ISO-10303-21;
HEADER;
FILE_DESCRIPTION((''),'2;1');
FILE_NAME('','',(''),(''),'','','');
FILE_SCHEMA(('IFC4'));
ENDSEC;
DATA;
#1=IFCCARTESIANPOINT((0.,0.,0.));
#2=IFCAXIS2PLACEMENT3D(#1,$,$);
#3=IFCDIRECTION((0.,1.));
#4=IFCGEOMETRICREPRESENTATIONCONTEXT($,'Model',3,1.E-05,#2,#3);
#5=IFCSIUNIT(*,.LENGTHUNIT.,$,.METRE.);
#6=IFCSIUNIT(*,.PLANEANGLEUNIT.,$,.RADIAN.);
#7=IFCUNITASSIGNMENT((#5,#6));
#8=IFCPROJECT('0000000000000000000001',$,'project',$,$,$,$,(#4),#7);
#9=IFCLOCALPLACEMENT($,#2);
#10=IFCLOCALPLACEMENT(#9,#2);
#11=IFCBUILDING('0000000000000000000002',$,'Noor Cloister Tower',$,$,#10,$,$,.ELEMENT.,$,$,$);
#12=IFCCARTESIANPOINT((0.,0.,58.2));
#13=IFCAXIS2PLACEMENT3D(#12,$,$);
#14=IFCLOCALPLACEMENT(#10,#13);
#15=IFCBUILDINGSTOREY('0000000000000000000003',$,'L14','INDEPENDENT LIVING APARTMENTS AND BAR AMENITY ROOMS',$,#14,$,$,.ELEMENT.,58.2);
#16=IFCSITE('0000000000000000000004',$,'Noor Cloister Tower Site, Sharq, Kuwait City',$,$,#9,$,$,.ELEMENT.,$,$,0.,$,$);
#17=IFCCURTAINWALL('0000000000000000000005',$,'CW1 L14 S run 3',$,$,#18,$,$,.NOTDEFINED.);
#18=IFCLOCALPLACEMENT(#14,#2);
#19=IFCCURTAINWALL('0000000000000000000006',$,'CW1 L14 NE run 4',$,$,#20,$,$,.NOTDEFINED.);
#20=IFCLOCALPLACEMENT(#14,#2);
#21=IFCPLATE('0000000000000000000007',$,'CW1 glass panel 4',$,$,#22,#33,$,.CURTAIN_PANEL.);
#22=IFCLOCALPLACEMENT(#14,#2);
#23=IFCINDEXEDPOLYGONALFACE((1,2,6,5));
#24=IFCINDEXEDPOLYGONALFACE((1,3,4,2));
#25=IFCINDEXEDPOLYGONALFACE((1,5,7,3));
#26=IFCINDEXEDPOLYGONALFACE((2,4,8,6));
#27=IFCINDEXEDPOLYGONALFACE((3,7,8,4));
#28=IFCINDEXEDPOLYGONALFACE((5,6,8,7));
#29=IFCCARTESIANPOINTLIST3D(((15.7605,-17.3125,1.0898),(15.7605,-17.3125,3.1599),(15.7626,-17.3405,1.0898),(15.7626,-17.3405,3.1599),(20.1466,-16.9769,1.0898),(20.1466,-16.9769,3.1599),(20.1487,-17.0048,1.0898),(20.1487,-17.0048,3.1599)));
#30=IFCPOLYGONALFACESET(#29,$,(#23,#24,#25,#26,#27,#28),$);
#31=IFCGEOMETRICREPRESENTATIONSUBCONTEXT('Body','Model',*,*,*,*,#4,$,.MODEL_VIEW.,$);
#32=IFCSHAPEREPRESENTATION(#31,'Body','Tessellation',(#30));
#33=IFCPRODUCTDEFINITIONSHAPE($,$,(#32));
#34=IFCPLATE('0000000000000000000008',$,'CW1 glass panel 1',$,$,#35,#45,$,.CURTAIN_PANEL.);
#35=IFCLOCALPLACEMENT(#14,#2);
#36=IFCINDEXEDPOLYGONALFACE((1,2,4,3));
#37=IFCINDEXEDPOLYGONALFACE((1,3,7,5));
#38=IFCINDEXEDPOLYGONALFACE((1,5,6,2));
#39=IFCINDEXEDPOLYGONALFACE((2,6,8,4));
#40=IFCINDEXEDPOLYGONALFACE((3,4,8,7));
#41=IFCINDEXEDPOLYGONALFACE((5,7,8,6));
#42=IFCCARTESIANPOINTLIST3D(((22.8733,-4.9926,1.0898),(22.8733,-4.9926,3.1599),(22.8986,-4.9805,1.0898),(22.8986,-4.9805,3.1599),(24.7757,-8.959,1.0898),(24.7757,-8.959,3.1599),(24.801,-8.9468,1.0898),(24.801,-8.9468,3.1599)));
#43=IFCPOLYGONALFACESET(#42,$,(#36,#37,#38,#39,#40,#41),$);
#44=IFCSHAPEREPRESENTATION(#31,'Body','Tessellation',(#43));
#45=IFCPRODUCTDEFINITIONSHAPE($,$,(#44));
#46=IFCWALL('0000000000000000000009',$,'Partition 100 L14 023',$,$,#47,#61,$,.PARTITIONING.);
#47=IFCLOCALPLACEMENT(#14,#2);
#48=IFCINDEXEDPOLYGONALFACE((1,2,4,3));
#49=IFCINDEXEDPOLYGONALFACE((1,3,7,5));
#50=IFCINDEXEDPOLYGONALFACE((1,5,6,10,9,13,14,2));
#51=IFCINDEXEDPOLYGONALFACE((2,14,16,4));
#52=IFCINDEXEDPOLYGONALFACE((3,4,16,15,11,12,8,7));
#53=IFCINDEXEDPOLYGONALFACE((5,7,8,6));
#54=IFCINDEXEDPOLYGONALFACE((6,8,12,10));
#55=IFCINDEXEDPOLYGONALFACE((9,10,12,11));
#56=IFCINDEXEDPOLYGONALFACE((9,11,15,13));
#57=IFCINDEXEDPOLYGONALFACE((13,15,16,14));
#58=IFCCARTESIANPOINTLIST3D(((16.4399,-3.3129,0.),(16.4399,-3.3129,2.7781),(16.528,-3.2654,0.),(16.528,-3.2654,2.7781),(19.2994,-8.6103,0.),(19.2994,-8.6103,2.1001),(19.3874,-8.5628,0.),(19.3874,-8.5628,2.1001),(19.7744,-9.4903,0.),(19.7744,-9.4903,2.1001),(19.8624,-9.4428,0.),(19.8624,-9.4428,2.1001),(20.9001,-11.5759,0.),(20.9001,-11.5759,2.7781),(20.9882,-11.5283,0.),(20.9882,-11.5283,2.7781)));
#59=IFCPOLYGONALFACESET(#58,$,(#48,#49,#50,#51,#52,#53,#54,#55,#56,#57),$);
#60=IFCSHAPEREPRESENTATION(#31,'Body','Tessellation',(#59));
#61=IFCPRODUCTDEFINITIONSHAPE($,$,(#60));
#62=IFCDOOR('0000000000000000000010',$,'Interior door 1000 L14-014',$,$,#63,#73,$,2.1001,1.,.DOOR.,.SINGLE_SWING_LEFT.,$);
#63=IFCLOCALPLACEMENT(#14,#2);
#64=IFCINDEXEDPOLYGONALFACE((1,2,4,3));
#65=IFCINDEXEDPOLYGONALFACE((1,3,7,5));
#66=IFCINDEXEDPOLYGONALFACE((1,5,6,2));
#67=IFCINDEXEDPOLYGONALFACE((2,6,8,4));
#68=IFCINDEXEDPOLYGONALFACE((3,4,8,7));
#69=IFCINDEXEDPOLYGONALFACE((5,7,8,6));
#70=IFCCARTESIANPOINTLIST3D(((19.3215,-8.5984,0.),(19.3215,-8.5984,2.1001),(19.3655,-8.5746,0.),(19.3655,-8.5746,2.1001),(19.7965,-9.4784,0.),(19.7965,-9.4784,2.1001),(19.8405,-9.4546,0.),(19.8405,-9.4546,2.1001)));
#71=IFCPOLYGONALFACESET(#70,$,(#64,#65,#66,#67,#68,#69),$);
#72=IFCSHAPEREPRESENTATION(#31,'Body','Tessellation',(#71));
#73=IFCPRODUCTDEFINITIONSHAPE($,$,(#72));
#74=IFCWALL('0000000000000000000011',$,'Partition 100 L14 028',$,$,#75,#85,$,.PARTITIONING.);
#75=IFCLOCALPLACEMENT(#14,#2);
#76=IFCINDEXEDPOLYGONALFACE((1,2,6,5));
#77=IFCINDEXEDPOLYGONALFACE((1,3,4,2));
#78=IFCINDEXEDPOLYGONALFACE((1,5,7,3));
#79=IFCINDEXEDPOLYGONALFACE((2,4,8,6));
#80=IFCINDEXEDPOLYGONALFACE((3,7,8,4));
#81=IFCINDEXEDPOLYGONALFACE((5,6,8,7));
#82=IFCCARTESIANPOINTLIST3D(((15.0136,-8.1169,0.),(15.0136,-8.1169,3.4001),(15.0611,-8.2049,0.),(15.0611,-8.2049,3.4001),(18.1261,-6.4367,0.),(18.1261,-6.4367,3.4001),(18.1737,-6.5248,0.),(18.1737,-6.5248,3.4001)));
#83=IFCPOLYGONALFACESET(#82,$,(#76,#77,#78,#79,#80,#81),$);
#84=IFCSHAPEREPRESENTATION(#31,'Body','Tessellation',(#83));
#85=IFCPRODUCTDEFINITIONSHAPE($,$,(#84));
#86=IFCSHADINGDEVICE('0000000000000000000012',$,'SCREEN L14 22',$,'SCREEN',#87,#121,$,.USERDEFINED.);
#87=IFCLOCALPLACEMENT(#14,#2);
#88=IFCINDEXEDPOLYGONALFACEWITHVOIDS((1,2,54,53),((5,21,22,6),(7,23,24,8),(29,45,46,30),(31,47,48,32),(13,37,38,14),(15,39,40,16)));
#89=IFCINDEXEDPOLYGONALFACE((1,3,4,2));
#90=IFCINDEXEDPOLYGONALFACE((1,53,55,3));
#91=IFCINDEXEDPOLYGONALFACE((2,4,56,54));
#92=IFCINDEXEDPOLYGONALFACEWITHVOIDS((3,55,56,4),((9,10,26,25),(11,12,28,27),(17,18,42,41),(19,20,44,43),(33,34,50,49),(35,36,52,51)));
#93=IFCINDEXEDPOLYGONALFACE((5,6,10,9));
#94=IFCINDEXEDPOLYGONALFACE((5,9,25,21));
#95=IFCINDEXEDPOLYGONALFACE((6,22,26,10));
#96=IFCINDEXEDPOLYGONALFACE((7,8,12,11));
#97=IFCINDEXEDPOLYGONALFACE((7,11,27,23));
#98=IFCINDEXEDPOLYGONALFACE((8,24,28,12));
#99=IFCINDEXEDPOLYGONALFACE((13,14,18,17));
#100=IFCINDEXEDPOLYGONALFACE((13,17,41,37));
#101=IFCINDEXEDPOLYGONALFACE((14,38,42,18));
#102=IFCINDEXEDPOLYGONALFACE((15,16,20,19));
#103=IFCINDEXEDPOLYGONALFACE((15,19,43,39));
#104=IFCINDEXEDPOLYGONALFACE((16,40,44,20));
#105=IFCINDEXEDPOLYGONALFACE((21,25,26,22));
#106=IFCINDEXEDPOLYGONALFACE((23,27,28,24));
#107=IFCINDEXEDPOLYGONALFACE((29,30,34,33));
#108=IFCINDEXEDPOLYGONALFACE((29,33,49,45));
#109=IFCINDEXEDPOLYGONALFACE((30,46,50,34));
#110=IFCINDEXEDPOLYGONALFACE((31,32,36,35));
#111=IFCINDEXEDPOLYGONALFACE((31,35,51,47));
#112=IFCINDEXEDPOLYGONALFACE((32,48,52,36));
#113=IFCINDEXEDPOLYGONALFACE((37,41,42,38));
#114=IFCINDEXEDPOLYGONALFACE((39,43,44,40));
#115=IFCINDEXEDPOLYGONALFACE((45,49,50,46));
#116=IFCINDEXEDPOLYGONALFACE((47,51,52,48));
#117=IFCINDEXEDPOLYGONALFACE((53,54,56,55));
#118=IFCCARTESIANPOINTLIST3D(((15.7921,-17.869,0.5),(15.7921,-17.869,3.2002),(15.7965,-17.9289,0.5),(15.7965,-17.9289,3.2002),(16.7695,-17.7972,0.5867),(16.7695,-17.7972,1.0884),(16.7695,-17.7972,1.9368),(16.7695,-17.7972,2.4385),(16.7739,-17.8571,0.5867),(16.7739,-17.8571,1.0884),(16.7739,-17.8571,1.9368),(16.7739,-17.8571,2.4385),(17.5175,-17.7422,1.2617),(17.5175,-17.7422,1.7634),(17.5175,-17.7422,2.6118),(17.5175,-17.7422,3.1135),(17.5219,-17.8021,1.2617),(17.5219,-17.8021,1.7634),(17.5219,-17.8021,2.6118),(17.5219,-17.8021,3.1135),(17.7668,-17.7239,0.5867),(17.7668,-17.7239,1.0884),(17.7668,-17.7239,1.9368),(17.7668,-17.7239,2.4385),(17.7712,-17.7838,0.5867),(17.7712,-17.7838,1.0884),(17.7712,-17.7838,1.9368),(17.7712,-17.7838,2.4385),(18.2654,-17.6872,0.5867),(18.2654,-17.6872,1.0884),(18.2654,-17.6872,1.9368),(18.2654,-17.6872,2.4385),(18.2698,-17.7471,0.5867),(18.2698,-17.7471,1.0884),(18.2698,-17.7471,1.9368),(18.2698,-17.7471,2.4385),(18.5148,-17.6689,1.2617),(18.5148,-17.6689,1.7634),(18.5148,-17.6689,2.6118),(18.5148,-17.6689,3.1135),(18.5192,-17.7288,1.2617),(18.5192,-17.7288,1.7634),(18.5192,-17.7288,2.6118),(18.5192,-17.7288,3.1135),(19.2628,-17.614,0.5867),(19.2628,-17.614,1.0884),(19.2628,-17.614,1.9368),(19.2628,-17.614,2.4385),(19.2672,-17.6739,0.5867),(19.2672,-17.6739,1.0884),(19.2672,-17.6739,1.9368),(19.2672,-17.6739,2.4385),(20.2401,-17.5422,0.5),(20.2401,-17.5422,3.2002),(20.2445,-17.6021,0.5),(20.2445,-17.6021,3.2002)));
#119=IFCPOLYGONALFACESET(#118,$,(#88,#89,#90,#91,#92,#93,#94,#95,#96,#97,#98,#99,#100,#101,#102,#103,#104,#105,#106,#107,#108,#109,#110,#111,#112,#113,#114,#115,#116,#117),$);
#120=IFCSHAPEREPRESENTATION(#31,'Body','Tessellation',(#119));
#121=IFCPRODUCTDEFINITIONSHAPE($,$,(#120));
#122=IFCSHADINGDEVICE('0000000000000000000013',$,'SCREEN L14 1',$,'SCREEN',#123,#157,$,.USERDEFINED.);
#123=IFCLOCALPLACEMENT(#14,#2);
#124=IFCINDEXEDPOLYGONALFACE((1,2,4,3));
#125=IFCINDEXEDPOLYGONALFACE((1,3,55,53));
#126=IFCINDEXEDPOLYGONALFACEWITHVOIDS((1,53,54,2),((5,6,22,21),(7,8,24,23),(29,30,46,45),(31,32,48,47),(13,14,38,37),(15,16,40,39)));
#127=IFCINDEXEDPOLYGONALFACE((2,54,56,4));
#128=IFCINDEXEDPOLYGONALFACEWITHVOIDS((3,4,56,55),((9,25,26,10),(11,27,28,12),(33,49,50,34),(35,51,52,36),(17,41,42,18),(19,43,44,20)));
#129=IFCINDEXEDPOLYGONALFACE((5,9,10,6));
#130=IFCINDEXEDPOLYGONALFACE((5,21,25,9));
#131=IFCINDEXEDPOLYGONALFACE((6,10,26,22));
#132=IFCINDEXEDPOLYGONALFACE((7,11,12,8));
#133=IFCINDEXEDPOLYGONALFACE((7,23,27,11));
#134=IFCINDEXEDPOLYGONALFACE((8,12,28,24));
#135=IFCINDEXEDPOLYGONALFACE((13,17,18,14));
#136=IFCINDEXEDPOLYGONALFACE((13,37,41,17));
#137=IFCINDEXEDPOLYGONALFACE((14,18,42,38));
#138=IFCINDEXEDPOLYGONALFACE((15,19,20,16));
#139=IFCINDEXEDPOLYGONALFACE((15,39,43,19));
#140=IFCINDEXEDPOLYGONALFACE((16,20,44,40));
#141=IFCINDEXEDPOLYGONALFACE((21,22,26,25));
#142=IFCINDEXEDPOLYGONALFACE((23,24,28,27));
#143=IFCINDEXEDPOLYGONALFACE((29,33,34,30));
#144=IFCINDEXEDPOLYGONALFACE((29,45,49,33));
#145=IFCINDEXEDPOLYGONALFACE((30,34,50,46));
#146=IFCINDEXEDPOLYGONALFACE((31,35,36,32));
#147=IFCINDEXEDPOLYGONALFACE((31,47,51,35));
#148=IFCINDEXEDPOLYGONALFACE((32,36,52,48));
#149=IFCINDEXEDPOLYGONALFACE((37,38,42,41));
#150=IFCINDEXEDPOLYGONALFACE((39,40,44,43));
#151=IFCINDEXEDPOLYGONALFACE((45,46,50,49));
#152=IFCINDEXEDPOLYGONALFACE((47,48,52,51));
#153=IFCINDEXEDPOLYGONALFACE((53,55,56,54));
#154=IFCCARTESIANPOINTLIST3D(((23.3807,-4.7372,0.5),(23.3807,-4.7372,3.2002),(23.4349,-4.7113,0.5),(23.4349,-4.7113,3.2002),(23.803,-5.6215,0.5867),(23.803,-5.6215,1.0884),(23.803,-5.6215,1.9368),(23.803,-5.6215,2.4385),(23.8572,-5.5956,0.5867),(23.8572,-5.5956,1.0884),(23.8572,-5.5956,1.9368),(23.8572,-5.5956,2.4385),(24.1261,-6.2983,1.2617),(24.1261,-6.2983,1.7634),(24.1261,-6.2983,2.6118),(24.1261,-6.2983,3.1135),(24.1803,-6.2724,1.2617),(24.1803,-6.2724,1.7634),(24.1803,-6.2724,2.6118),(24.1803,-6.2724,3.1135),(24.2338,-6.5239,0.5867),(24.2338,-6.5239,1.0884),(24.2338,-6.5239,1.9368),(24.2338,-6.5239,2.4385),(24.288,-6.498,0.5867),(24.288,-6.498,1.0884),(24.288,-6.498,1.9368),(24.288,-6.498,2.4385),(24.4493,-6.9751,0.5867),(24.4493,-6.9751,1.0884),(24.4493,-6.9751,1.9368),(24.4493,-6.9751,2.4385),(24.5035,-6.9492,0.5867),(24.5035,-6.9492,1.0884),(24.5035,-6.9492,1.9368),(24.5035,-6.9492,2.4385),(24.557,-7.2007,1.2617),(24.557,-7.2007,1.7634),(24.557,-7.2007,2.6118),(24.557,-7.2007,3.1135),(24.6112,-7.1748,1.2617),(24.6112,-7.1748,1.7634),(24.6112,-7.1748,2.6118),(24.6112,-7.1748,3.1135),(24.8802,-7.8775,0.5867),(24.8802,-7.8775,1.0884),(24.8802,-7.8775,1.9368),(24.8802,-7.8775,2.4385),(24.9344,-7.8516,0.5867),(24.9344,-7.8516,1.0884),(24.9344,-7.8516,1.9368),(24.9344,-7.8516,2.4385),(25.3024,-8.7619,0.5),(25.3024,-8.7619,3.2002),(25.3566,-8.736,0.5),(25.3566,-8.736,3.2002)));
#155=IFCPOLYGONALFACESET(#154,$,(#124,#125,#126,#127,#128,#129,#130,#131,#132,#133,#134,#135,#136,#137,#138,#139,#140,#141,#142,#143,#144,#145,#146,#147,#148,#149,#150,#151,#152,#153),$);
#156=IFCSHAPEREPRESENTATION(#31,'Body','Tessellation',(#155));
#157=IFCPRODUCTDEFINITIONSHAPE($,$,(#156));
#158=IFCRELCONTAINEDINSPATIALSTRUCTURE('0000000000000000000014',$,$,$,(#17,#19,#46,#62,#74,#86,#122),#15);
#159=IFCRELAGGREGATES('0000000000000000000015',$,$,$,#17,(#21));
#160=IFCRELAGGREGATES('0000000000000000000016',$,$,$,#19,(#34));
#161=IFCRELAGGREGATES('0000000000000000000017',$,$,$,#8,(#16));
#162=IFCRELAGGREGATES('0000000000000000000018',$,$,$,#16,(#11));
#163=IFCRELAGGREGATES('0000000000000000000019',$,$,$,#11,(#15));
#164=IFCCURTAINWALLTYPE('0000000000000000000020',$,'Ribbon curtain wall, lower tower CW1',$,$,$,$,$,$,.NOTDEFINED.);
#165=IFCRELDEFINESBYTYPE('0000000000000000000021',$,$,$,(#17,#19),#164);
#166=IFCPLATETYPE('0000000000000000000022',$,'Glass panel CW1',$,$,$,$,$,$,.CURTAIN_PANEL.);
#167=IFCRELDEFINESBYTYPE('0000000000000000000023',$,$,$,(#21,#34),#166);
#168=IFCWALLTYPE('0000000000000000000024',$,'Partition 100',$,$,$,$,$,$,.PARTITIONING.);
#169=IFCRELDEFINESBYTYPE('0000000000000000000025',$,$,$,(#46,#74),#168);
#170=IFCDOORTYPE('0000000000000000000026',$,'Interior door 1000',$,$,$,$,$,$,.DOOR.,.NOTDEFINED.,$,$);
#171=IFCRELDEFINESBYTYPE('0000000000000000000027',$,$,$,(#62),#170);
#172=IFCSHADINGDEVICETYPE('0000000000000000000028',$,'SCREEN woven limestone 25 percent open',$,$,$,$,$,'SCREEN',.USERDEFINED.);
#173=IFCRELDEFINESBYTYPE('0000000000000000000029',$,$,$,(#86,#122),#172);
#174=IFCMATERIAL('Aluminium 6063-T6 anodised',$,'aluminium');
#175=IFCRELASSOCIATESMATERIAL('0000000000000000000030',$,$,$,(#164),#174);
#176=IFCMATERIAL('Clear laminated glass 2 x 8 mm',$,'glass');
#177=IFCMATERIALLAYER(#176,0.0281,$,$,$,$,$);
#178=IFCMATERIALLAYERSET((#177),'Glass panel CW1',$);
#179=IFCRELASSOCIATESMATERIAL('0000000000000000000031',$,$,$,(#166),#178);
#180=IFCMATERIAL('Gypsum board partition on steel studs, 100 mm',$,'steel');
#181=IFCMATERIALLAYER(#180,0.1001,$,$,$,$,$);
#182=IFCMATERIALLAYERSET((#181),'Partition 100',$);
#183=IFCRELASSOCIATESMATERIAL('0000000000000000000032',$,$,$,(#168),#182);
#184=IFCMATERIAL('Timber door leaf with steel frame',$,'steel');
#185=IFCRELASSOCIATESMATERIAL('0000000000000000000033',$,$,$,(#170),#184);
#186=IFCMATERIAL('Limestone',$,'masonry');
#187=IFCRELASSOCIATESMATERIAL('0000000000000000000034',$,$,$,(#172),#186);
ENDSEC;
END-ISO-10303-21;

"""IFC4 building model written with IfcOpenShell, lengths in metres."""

from ifc_helpers import new_model, si_unit, direction, frame, frame_2d, origin, origin_2d, place, context, subcontext, project, spatial, polyline, rectangle, outline, extrude, material, layer, layer_set, material_profile, profile_set, type_object, element, fill, aggregate, save


model = new_model("IFC4")

# Units and contexts
model_context = context("Model", 3, precision=1e-05, world=origin(), true_north=direction((0.0, 1.0)))
body_context = subcontext(model_context, "Body", "Model", "MODEL_VIEW")
ifc_project = project(units=[si_unit("LENGTHUNIT", "METRE"), si_unit("PLANEANGLEUNIT", "RADIAN")], contexts=[model_context])

# Site, building, storey
site_placement = place(None, origin())
site = spatial("IfcSite", under=ifc_project, at=site_placement, Name="Noor Cloister Tower Site, Sharq, Kuwait City", CompositionType="ELEMENT", RefElevation=0.0)
building_placement = place(site_placement, origin())
building = spatial("IfcBuilding", under=site, at=building_placement, Name="Noor Cloister Tower", CompositionType="ELEMENT")
storey_placement = place(building_placement, frame((0.0, 0.0, 58.2)))
storey = spatial("IfcBuildingStorey", under=building, at=storey_placement, Name="L14", Description="INDEPENDENT LIVING APARTMENTS AND BAR AMENITY ROOMS", CompositionType="ELEMENT", Elevation=58.2)

# Curtain walls
ifc_material_1 = material(Name="Aluminium 6063-T6 anodised", Category="aluminium")
curtain_wall_type = type_object("IfcCurtainWallType", Name="Ribbon curtain wall, lower tower CW1", PredefinedType="NOTDEFINED", material=ifc_material_1)
curtain_wall_1_placement = place(storey_placement, origin())
curtain_wall_1 = element("IfcCurtainWall", 1, at=curtain_wall_1_placement, inside=storey, type_object=curtain_wall_type, Name="CW1 L14 S run 3", PredefinedType="NOTDEFINED")
curtain_wall_2_placement = place(storey_placement, origin())
curtain_wall_2 = element("IfcCurtainWall", 2, at=curtain_wall_2_placement, inside=storey, type_object=curtain_wall_type, Name="CW1 L14 NE run 4", PredefinedType="NOTDEFINED")

# Plates
ifc_material_2 = material(Name="Clear laminated glass 2 x 8 mm", Category="glass")
ifc_layer_1 = layer(ifc_material_2, 0.0281)
ifc_layer_set_1 = layer_set([ifc_layer_1], Name="Glass panel CW1")
plate_type = type_object("IfcPlateType", Name="Glass panel CW1", PredefinedType="CURTAIN_PANEL", material=ifc_layer_set_1)
plate_1_placement = place(storey_placement, frame((17.9546, -17.1587, 1.0898), z_axis=(0.0, 0.0, 1.0), x_axis=(0.997084, 0.076311, 0.0)))
plate_1 = element("IfcPlate", 3, at=plate_1_placement, type_object=plate_type, Name="CW1 glass panel 4", PredefinedType="CURTAIN_PANEL", context=body_context, shape_type="SweptSolid", body=[
    extrude(rectangle(XDim=4.3989, YDim=0.0281, at=origin_2d()), origin(), (0.0, 0.0, 1.0), 2.0701),
])
aggregate(curtain_wall_1, [plate_1])
plate_2_placement = place(storey_placement, frame((23.8372, -6.9697, 1.0898), z_axis=(0.0, 0.0, 1.0), x_axis=(-0.432455, 0.901656, 0.0)))
plate_2 = element("IfcPlate", 4, at=plate_2_placement, type_object=plate_type, Name="CW1 glass panel 1", PredefinedType="CURTAIN_PANEL", context=body_context, shape_type="SweptSolid", body=[
    extrude(rectangle(XDim=4.3989, YDim=0.0281, at=origin_2d()), origin(), (0.0, 0.0, 1.0), 2.0701),
])
aggregate(curtain_wall_2, [plate_2])

# Wall, opening, door
ifc_material_3 = material(Name="Gypsum board partition on steel studs, 100 mm", Category="steel")
ifc_layer_2 = layer(ifc_material_3, 0.1001)
ifc_layer_set_2 = layer_set([ifc_layer_2], Name="Partition 100")
wall_type = type_object("IfcWallType", Name="Partition 100", PredefinedType="PARTITIONING", material=ifc_layer_set_2)
wall_1_placement = place(storey_placement, frame((20.9441, -11.552, 0.0), z_axis=(0.0, 0.0, 1.0), x_axis=(-0.475002, 0.879985, 0.0)))
wall_1 = element("IfcWall", 5, at=wall_1_placement, inside=storey, type_object=wall_type, Name="Partition 100 L14 023", PredefinedType="PARTITIONING", context=body_context, shape_type="SweptSolid", body=[
    extrude(rectangle(XDim=9.3899, YDim=0.1001, at=frame_2d((4.6948, 0.0))), origin(), (0.0, 0.0, 1.0), 2.7781),
])
opening_placement = place(wall_1_placement, frame((2.3699, 0.0, 0.0)))
opening = element("IfcOpeningElement", 6, at=opening_placement, cuts=wall_1, PredefinedType="OPENING", context=body_context, shape_type="SweptSolid", body=[
    extrude(rectangle(XDim=1.0, YDim=2.1001, at=frame_2d((0.5, 1.05))), frame((0.0, 0.0601, 0.0), z_axis=(0.0, -1.0, 0.0), x_axis=(1.0, 0.0, 0.0)), (0.0, 0.0, 1.0), 0.1201),
])
ifc_material_4 = material(Name="Timber door leaf with steel frame", Category="steel")
door_type = type_object("IfcDoorType", Name="Interior door 1000", OperationType="NOTDEFINED", PredefinedType="DOOR", material=ifc_material_4)
door_placement = place(opening_placement, origin())
door = element("IfcDoor", 7, at=door_placement, inside=storey, type_object=door_type, Name="Interior door 1000 L14-014", OperationType="SINGLE_SWING_LEFT", OverallHeight=2.1001, OverallWidth=1.0, PredefinedType="DOOR", context=body_context, shape_type="SweptSolid", body=[
    extrude(rectangle(XDim=1.0, YDim=2.1001, at=frame_2d((0.5, 1.05))), frame((0.0, 0.0249, 0.0), z_axis=(0.0, -1.0, 0.0), x_axis=(1.0, 0.0, 0.0)), (0.0, 0.0, 1.0), 0.05),
])
fill(opening, door)

# Wall
wall_2_placement = place(storey_placement, frame((18.1499, -6.4807, 0.0), z_axis=(0.0, 0.0, 1.0), x_axis=(-0.879976, -0.475017, 0.0)))
element("IfcWall", 8, at=wall_2_placement, inside=storey, type_object=wall_type, Name="Partition 100 L14 028", PredefinedType="PARTITIONING", context=body_context, shape_type="SweptSolid", body=[
    extrude(rectangle(XDim=3.5371, YDim=0.1001, at=frame_2d((1.7686, 0.0))), origin(), (0.0, 0.0, 1.0), 3.4001),
])

# Shading devices
ifc_material_5 = material(Name="Limestone", Category="masonry")
ifc_material_profile_1 = material_profile(ifc_material_5, outline(polyline([(-2.23, -1.3501), (2.23, -1.3501), (2.23, 1.3501), (-2.23, 1.3501), (-2.23, -1.3501)]), holes=[polyline([(-1.25, -1.2634), (-0.25, -1.2634), (-0.25, -0.7617), (-1.25, -0.7617), (-1.25, -1.2634)]), polyline([(0.25, -1.2634), (1.25, -1.2634), (1.25, -0.7617), (0.25, -0.7617), (0.25, -1.2634)]), polyline([(-0.5, -0.5884), (0.5, -0.5884), (0.5, -0.0867), (-0.5, -0.0867), (-0.5, -0.5884)]), polyline([(-1.25, 0.0867), (-0.25, 0.0867), (-0.25, 0.5884), (-1.25, 0.5884), (-1.25, 0.0867)]), polyline([(0.25, 0.0867), (1.25, 0.0867), (1.25, 0.5884), (0.25, 0.5884), (0.25, 0.0867)]), polyline([(-0.5, 0.7617), (0.5, 0.7617), (0.5, 1.2634), (-0.5, 1.2634), (-0.5, 0.7617)])]), Name="Woven screen 25 percent open")
ifc_profile_set_1 = profile_set([ifc_material_profile_1], Name="Limestone")
shading_device_type = type_object("IfcShadingDeviceType", Name="SCREEN woven limestone 25 percent open", ElementType="SCREEN", PredefinedType="USERDEFINED", material=ifc_profile_set_1)
for number, where, z_axis, x_axis, name in (
    (9, (18.0161, -17.7056, 1.8501), (0.073272, -0.997312, 0.0), (0.997312, 0.073272, 0.0), "SCREEN L14 22"),
    (10, (24.3416, -6.7495, 1.8501), (0.902409, 0.43088, 0.0), (-0.43088, 0.902409, 0.0), "SCREEN L14 1"),
):
    element("IfcShadingDevice", number, at=place(storey_placement, frame(where, z_axis=z_axis, x_axis=x_axis)), inside=storey, type_object=shading_device_type, Name=name, ObjectType="SCREEN", PredefinedType="USERDEFINED", context=body_context, shape_type="SweptSolid", body=[
        extrude(outline(polyline([(-2.23, -1.3501), (2.23, -1.3501), (2.23, 1.3501), (-2.23, 1.3501), (-2.23, -1.3501)]), holes=[polyline([(-1.25, -1.2634), (-0.25, -1.2634), (-0.25, -0.7617), (-1.25, -0.7617), (-1.25, -1.2634)]), polyline([(0.25, -1.2634), (1.25, -1.2634), (1.25, -0.7617), (0.25, -0.7617), (0.25, -1.2634)]), polyline([(-0.5, -0.5884), (0.5, -0.5884), (0.5, -0.0867), (-0.5, -0.0867), (-0.5, -0.5884)]), polyline([(-1.25, 0.0867), (-0.25, 0.0867), (-0.25, 0.5884), (-1.25, 0.5884), (-1.25, 0.0867)]), polyline([(0.25, 0.0867), (1.25, 0.0867), (1.25, 0.5884), (0.25, 0.5884), (0.25, 0.0867)]), polyline([(-0.5, 0.7617), (0.5, 0.7617), (0.5, 1.2634), (-0.5, 1.2634), (-0.5, 0.7617)])]), origin(), (0.0, 0.0, 1.0), 0.0601),
    ])

save(model, "model.ifc")
